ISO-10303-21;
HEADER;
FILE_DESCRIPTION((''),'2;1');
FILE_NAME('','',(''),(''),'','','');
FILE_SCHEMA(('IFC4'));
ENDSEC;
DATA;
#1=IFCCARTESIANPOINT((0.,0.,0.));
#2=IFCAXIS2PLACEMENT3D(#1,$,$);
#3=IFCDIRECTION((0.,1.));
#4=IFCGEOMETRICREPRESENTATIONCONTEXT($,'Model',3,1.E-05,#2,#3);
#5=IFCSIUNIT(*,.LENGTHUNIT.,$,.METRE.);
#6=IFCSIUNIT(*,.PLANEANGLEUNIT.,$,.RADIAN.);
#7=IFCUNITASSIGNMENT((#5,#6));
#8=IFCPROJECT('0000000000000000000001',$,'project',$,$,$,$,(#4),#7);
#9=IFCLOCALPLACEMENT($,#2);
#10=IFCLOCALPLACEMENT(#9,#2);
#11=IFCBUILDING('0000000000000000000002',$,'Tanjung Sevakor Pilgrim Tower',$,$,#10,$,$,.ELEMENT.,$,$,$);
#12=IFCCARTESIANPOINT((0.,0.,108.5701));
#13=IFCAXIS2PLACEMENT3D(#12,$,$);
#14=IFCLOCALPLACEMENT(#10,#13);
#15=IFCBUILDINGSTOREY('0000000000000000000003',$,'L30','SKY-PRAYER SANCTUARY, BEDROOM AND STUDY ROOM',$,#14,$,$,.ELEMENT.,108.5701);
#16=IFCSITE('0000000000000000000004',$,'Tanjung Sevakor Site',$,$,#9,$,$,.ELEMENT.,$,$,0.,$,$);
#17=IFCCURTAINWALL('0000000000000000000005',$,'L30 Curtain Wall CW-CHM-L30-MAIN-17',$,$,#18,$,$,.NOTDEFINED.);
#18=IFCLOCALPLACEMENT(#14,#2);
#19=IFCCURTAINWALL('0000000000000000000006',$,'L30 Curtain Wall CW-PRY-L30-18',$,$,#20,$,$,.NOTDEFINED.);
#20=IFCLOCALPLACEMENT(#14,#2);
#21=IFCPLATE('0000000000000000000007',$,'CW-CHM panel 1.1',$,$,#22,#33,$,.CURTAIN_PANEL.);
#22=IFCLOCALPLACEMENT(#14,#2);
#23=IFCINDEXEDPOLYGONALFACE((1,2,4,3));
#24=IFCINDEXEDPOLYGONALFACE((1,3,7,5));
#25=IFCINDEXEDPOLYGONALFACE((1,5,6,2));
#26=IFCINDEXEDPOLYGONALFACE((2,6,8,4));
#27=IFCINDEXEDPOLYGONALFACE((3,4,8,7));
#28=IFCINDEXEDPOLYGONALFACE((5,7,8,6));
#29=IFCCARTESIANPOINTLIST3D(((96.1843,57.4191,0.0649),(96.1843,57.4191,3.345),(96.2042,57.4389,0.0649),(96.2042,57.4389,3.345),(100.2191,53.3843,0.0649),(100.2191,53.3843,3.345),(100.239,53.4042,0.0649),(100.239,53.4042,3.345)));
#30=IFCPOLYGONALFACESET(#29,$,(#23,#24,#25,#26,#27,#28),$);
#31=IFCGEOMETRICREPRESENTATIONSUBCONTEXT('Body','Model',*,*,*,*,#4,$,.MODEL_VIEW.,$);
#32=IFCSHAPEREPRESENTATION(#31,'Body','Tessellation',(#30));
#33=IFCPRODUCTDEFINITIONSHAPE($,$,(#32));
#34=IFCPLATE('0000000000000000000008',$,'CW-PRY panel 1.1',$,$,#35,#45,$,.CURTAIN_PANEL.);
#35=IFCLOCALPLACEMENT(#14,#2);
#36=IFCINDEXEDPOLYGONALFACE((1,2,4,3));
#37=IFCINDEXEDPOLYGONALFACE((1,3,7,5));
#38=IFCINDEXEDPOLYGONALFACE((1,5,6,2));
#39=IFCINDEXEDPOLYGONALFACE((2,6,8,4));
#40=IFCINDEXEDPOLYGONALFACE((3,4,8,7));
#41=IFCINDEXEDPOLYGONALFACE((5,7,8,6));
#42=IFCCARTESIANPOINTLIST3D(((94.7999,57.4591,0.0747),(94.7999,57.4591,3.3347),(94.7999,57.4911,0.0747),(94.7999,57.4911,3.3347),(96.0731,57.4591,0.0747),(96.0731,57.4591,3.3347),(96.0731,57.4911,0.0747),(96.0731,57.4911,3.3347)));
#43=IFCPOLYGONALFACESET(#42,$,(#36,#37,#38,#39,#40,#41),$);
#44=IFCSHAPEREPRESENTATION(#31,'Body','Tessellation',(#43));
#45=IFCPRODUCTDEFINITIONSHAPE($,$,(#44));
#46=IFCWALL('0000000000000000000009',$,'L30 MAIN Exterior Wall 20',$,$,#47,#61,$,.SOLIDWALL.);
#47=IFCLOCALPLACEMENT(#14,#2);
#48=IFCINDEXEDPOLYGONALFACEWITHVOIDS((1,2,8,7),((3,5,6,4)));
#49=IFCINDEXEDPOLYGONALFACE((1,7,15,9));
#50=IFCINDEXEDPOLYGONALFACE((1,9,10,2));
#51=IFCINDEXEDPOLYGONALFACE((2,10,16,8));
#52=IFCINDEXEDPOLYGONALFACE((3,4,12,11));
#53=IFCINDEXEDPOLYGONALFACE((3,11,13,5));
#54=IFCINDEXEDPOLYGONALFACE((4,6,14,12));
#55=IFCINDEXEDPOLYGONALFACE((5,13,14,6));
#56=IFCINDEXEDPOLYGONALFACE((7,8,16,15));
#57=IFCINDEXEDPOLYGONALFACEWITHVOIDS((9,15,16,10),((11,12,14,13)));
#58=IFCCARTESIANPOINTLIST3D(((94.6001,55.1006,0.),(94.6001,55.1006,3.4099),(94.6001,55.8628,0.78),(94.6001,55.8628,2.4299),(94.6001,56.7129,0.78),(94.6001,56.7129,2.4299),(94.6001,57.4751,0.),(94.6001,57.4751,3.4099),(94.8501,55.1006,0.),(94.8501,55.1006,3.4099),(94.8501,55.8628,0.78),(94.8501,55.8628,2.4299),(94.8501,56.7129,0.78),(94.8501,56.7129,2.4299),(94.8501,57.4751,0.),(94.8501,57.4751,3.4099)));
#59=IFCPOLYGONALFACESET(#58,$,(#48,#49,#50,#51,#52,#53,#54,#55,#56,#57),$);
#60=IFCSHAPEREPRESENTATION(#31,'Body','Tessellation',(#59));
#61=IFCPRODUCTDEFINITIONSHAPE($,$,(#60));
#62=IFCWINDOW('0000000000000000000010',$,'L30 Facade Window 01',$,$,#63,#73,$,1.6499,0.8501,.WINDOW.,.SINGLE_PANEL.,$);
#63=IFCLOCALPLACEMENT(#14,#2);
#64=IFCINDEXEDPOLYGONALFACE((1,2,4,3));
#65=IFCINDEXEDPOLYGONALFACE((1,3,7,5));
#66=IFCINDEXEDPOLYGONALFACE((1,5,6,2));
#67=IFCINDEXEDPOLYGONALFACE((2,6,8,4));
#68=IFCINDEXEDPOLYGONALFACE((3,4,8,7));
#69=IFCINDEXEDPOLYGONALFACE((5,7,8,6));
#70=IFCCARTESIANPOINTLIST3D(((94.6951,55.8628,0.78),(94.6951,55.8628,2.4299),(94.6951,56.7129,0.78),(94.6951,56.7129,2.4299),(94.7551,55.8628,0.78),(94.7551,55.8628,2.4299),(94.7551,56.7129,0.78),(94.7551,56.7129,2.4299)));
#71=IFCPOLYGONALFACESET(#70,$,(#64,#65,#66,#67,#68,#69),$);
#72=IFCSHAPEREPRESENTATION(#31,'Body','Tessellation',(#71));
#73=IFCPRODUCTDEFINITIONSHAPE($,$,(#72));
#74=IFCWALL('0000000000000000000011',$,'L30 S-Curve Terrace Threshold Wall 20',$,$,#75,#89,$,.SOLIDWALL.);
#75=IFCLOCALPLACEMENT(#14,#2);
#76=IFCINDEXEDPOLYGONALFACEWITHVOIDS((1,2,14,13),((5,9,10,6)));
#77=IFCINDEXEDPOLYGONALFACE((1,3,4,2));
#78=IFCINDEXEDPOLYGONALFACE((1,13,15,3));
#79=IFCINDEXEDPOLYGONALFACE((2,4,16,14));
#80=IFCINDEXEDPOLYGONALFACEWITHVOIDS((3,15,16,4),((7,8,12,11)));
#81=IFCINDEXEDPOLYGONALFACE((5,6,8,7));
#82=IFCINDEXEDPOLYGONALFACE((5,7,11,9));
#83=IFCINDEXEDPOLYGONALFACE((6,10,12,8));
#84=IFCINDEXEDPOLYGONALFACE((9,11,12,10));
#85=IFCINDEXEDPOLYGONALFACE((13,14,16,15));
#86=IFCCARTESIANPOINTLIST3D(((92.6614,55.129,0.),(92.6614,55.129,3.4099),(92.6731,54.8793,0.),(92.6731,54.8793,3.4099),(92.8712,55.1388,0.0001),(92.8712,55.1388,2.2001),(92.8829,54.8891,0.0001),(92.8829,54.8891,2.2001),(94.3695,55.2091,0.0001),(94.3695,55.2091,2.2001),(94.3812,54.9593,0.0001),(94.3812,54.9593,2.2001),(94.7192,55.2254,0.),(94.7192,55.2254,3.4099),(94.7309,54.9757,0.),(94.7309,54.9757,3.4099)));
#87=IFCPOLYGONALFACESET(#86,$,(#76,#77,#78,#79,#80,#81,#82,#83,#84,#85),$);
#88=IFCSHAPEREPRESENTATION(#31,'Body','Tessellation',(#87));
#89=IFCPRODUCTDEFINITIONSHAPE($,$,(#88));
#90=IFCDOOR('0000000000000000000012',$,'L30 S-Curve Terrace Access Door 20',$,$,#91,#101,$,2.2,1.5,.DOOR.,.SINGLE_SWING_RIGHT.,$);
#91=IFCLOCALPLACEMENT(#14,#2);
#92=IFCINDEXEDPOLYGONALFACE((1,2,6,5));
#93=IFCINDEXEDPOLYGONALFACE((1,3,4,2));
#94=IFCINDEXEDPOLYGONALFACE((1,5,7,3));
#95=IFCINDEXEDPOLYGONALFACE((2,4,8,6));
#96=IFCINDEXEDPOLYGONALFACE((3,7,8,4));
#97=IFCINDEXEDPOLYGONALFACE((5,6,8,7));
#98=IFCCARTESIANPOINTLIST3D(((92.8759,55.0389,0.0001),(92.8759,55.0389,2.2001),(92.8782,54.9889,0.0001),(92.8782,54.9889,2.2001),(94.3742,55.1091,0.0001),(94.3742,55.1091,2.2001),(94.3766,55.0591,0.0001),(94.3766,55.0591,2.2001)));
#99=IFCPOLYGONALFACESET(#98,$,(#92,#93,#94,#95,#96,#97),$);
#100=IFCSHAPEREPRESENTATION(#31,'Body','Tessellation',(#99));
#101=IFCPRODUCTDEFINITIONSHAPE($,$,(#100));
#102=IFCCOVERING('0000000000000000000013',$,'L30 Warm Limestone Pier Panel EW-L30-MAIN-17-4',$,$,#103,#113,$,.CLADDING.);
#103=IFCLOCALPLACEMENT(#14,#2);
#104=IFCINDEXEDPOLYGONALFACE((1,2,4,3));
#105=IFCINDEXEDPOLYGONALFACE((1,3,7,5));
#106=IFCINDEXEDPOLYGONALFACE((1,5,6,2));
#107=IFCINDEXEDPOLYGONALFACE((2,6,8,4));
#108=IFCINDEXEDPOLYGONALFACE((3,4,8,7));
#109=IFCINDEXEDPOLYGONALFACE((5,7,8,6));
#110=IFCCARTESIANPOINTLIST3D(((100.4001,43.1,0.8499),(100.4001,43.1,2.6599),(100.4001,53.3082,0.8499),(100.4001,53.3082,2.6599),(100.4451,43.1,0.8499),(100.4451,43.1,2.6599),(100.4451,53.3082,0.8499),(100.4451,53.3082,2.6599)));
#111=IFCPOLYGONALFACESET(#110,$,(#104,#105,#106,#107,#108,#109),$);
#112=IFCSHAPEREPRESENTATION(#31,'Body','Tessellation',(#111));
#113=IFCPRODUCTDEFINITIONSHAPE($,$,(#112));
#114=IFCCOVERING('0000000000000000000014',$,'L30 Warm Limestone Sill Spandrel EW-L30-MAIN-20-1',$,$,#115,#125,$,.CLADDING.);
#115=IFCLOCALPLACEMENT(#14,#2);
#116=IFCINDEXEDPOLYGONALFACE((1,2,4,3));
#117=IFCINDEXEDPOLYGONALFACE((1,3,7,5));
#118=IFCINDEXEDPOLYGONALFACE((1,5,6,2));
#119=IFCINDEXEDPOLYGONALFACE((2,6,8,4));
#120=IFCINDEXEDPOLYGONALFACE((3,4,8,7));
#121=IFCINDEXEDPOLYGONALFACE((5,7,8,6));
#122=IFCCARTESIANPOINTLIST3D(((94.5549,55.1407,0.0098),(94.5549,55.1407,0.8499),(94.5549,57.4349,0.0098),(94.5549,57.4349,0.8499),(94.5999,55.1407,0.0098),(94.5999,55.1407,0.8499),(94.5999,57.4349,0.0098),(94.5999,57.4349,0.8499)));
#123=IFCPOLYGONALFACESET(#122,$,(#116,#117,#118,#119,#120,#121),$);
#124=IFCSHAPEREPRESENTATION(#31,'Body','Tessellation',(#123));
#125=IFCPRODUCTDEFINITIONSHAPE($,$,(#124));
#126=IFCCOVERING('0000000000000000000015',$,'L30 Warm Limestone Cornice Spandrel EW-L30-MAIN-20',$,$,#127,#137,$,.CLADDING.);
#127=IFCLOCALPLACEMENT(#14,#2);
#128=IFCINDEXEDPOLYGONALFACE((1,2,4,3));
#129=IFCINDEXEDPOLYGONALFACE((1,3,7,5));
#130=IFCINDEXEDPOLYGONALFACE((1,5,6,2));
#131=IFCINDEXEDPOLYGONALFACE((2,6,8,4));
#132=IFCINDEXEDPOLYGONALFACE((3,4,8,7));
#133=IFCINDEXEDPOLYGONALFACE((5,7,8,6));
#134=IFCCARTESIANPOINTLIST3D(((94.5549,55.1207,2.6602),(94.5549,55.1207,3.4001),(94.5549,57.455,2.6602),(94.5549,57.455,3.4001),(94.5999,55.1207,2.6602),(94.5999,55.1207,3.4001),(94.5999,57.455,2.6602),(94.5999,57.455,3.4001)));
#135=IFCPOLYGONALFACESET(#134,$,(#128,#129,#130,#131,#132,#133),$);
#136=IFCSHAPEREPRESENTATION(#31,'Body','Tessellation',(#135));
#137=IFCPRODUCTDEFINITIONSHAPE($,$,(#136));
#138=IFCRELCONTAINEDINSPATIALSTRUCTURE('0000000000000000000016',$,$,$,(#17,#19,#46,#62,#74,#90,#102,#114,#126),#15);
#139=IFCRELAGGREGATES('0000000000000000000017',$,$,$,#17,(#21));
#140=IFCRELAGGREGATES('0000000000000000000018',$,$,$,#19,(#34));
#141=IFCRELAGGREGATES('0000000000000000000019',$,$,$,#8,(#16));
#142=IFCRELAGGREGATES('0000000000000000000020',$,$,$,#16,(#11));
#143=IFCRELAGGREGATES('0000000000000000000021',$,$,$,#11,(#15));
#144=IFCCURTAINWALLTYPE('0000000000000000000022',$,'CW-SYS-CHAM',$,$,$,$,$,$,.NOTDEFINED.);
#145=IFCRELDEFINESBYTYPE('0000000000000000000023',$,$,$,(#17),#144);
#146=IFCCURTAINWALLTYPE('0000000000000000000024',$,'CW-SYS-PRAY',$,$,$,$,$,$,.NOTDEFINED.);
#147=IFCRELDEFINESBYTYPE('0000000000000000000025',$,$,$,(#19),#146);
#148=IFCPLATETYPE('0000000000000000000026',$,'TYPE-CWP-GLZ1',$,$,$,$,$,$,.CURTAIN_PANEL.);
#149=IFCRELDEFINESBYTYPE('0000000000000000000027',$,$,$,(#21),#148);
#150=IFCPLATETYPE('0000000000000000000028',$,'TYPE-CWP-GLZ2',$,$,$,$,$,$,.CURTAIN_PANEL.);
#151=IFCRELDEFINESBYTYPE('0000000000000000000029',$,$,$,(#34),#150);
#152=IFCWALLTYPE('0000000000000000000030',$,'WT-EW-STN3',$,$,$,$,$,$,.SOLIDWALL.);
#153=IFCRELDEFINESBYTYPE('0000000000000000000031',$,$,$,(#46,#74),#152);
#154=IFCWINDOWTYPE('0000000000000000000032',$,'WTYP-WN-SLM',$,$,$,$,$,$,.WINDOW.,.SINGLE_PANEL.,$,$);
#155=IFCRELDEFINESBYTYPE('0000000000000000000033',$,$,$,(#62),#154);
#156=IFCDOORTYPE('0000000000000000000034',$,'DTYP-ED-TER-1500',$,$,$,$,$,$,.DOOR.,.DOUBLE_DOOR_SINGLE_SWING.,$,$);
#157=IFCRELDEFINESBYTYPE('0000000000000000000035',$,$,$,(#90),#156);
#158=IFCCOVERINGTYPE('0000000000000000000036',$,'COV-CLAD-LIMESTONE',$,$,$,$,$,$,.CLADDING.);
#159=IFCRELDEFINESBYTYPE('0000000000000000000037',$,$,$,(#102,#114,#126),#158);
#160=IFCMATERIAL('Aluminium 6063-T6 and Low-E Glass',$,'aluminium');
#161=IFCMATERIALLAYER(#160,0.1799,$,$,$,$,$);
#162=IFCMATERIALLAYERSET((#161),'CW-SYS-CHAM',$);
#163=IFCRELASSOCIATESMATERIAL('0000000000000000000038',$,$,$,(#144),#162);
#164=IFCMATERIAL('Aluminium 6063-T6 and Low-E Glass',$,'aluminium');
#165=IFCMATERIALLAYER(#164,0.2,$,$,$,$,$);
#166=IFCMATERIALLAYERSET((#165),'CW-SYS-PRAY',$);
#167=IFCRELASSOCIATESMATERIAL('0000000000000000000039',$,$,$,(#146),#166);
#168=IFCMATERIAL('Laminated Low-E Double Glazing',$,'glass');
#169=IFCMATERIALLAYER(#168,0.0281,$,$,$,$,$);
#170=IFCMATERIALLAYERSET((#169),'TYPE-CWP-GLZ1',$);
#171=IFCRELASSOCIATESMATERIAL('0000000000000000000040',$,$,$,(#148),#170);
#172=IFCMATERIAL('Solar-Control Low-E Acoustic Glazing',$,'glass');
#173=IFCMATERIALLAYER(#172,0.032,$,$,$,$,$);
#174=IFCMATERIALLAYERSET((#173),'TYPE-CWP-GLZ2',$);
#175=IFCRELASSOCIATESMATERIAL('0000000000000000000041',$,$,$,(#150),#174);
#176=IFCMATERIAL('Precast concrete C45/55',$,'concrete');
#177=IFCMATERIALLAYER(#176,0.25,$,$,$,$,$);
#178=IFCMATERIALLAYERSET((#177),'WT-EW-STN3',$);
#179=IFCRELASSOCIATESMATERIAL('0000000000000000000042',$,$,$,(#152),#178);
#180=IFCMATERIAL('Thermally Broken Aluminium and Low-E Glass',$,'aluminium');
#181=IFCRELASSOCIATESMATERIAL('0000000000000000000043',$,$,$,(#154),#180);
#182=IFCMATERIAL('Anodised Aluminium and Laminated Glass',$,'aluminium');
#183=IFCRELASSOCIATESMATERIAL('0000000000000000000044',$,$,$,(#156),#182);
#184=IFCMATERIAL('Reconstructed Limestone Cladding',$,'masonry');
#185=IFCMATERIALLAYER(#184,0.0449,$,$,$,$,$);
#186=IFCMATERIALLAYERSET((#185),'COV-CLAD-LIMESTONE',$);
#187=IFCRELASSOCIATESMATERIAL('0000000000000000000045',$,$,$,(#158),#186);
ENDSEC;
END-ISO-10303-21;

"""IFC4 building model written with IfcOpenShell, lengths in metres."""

from ifc_helpers import new_model, si_unit, direction, frame, frame_2d, origin, origin_2d, place, context, subcontext, project, spatial, rectangle, extrude, material, layer, layer_set, type_object, element, fill, aggregate, save


model = new_model("IFC4")

# Units and contexts
model_context = context("Model", 3, precision=1e-05, world=origin(), true_north=direction((0.0, 1.0)))
body_context = subcontext(model_context, "Body", "Model", "MODEL_VIEW")
ifc_project = project(units=[si_unit("LENGTHUNIT", "METRE"), si_unit("PLANEANGLEUNIT", "RADIAN")], contexts=[model_context])

# Site, building, storey
site_placement = place(None, origin())
site = spatial("IfcSite", under=ifc_project, at=site_placement, Name="Tanjung Sevakor Site", CompositionType="ELEMENT", RefElevation=0.0)
building_placement = place(site_placement, origin())
building = spatial("IfcBuilding", under=site, at=building_placement, Name="Tanjung Sevakor Pilgrim Tower", CompositionType="ELEMENT")
storey_placement = place(building_placement, frame((0.0, 0.0, 108.5701)))
storey = spatial("IfcBuildingStorey", under=building, at=storey_placement, Name="L30", Description="SKY-PRAYER SANCTUARY, BEDROOM AND STUDY ROOM", CompositionType="ELEMENT", Elevation=108.5701)

# Curtain walls
ifc_material_1 = material(Name="Aluminium 6063-T6 and Low-E Glass", Category="aluminium")
ifc_layer_1 = layer(ifc_material_1, 0.1799)
ifc_layer_set_1 = layer_set([ifc_layer_1], Name="CW-SYS-CHAM")
curtain_wall_type_1 = type_object("IfcCurtainWallType", Name="CW-SYS-CHAM", PredefinedType="NOTDEFINED", material=ifc_layer_set_1)
curtain_wall_1_placement = place(storey_placement, origin())
curtain_wall_1 = element("IfcCurtainWall", 1, at=curtain_wall_1_placement, inside=storey, type_object=curtain_wall_type_1, Name="L30 Curtain Wall CW-CHM-L30-MAIN-17", PredefinedType="NOTDEFINED")
ifc_material_2 = material(Name="Aluminium 6063-T6 and Low-E Glass", Category="aluminium")
ifc_layer_2 = layer(ifc_material_2, 0.2)
ifc_layer_set_2 = layer_set([ifc_layer_2], Name="CW-SYS-PRAY")
curtain_wall_type_2 = type_object("IfcCurtainWallType", Name="CW-SYS-PRAY", PredefinedType="NOTDEFINED", material=ifc_layer_set_2)
curtain_wall_2_placement = place(storey_placement, origin())
curtain_wall_2 = element("IfcCurtainWall", 2, at=curtain_wall_2_placement, inside=storey, type_object=curtain_wall_type_2, Name="L30 Curtain Wall CW-PRY-L30-18", PredefinedType="NOTDEFINED")

# Plates
ifc_material_3 = material(Name="Laminated Low-E Double Glazing", Category="glass")
ifc_layer_3 = layer(ifc_material_3, 0.0281)
ifc_layer_set_3 = layer_set([ifc_layer_3], Name="TYPE-CWP-GLZ1")
plate_type_1 = type_object("IfcPlateType", Name="TYPE-CWP-GLZ1", PredefinedType="CURTAIN_PANEL", material=ifc_layer_set_3)
plate_1_placement = place(storey_placement, frame((98.2117, 55.4116, 0.0649), z_axis=(0.0, 0.0, 1.0), x_axis=(-0.707107, 0.707107, 0.0)))
plate_1 = element("IfcPlate", 3, at=plate_1_placement, type_object=plate_type_1, Name="CW-CHM panel 1.1", PredefinedType="CURTAIN_PANEL", context=body_context, shape_type="SweptSolid", body=[
    extrude(rectangle(XDim=5.7061, YDim=0.0281, at=origin_2d()), origin(), (0.0, 0.0, 1.0), 3.28),
])
aggregate(curtain_wall_1, [plate_1])
ifc_material_4 = material(Name="Solar-Control Low-E Acoustic Glazing", Category="glass")
ifc_layer_4 = layer(ifc_material_4, 0.032)
ifc_layer_set_4 = layer_set([ifc_layer_4], Name="TYPE-CWP-GLZ2")
plate_type_2 = type_object("IfcPlateType", Name="TYPE-CWP-GLZ2", PredefinedType="CURTAIN_PANEL", material=ifc_layer_set_4)
plate_2_placement = place(storey_placement, frame((95.4365, 57.4751, 0.0747), z_axis=(0.0, 0.0, 1.0), x_axis=(-1.0, 0.0, 0.0)))
plate_2 = element("IfcPlate", 4, at=plate_2_placement, type_object=plate_type_2, Name="CW-PRY panel 1.1", PredefinedType="CURTAIN_PANEL", context=body_context, shape_type="SweptSolid", body=[
    extrude(rectangle(XDim=1.2732, YDim=0.032, at=origin_2d()), origin(), (0.0, 0.0, 1.0), 3.26),
])
aggregate(curtain_wall_2, [plate_2])

# Wall, opening, window
ifc_material_5 = material(Name="Precast concrete C45/55", Category="concrete")
ifc_layer_5 = layer(ifc_material_5, 0.25)
ifc_layer_set_5 = layer_set([ifc_layer_5], Name="WT-EW-STN3")
wall_type = type_object("IfcWallType", Name="WT-EW-STN3", PredefinedType="SOLIDWALL", material=ifc_layer_set_5)
wall_1_placement = place(storey_placement, frame((94.7251, 57.4751, 0.0), z_axis=(0.0, 0.0, 1.0), x_axis=(0.0, -1.0, 0.0)))
wall_1 = element("IfcWall", 5, at=wall_1_placement, inside=storey, type_object=wall_type, Name="L30 MAIN Exterior Wall 20", PredefinedType="SOLIDWALL", context=body_context, shape_type="SweptSolid", body=[
    extrude(rectangle(XDim=2.3745, YDim=0.25, at=frame_2d((1.1873, 0.0))), origin(), (0.0, 0.0, 1.0), 3.4099),
])
opening_1_placement = place(wall_1_placement, frame((0.7622, 0.0, 0.78)))
opening_1 = element("IfcOpeningElement", 6, at=opening_1_placement, cuts=wall_1, PredefinedType="OPENING", context=body_context, shape_type="SweptSolid", body=[
    extrude(rectangle(XDim=0.8501, YDim=1.6499, at=frame_2d((0.425, 0.825))), frame((0.0, 0.135, 0.0), z_axis=(0.0, -1.0, 0.0), x_axis=(1.0, 0.0, 0.0)), (0.0, 0.0, 1.0), 0.27),
])
ifc_material_6 = material(Name="Thermally Broken Aluminium and Low-E Glass", Category="aluminium")
window_type = type_object("IfcWindowType", Name="WTYP-WN-SLM", PartitioningType="SINGLE_PANEL", PredefinedType="WINDOW", material=ifc_material_6)
window_placement = place(opening_1_placement, origin())
window = element("IfcWindow", 7, at=window_placement, inside=storey, type_object=window_type, Name="L30 Facade Window 01", OverallHeight=1.6499, OverallWidth=0.8501, PartitioningType="SINGLE_PANEL", PredefinedType="WINDOW", context=body_context, shape_type="SweptSolid", body=[
    extrude(rectangle(XDim=0.8501, YDim=1.6499, at=frame_2d((0.425, 0.825))), frame((0.0, 0.03, 0.0), z_axis=(0.0, -1.0, 0.0), x_axis=(1.0, 0.0, 0.0)), (0.0, 0.0, 1.0), 0.0601),
])
fill(opening_1, window)

# Wall, opening, door
wall_2_placement = place(storey_placement, frame((94.7251, 55.1006, 0.0), z_axis=(0.0, 0.0, 1.0), x_axis=(-0.998904, -0.046811, 0.0)))
wall_2 = element("IfcWall", 8, at=wall_2_placement, inside=storey, type_object=wall_type, Name="L30 S-Curve Terrace Threshold Wall 20", PredefinedType="SOLIDWALL", context=body_context, shape_type="SweptSolid", body=[
    extrude(rectangle(XDim=2.0601, YDim=0.25, at=frame_2d((1.03, 0.0))), origin(), (0.0, 0.0, 1.0), 3.4099),
])
opening_2_placement = place(wall_2_placement, frame((0.3501, 0.0, 0.0)))
opening_2 = element("IfcOpeningElement", 9, at=opening_2_placement, cuts=wall_2, PredefinedType="OPENING", context=body_context, shape_type="SweptSolid", body=[
    extrude(rectangle(XDim=1.5, YDim=2.2, at=frame_2d((0.75, 1.1001))), frame((0.0, 0.135, 0.0), z_axis=(0.0, -1.0, 0.0), x_axis=(1.0, 0.0, 0.0)), (0.0, 0.0, 1.0), 0.27),
])
ifc_material_7 = material(Name="Anodised Aluminium and Laminated Glass", Category="aluminium")
door_type = type_object("IfcDoorType", Name="DTYP-ED-TER-1500", OperationType="DOUBLE_DOOR_SINGLE_SWING", PredefinedType="DOOR", material=ifc_material_7)
door_placement = place(opening_2_placement, frame((1.5, 0.0, 0.0), z_axis=(0.0, 0.0, 1.0), x_axis=(-1.0, 0.0, 0.0)))
door = element("IfcDoor", 10, at=door_placement, inside=storey, type_object=door_type, Name="L30 S-Curve Terrace Access Door 20", OperationType="SINGLE_SWING_RIGHT", OverallHeight=2.2, OverallWidth=1.5, PredefinedType="DOOR", context=body_context, shape_type="SweptSolid", body=[
    extrude(rectangle(XDim=1.5, YDim=2.2, at=frame_2d((0.75, 1.1001))), frame((0.0, 0.0249, 0.0), z_axis=(0.0, -1.0, 0.0), x_axis=(1.0, 0.0, 0.0)), (0.0, 0.0, 1.0), 0.05),
])
fill(opening_2, door)

# Coverings
ifc_material_8 = material(Name="Reconstructed Limestone Cladding", Category="masonry")
ifc_layer_6 = layer(ifc_material_8, 0.0449)
ifc_layer_set_6 = layer_set([ifc_layer_6], Name="COV-CLAD-LIMESTONE")
covering_type = type_object("IfcCoveringType", Name="COV-CLAD-LIMESTONE", PredefinedType="CLADDING", material=ifc_layer_set_6)
covering_1_placement = place(storey_placement, frame((100.4226, 48.2041, 0.8499), z_axis=(0.0, 0.0, 1.0), x_axis=(0.0, 1.0, 0.0)))
element("IfcCovering", 11, at=covering_1_placement, inside=storey, type_object=covering_type, Name="L30 Warm Limestone Pier Panel EW-L30-MAIN-17-4", PredefinedType="CLADDING", context=body_context, shape_type="SweptSolid", body=[
    extrude(rectangle(XDim=10.2083, YDim=0.0449, at=origin_2d()), origin(), (0.0, 0.0, 1.0), 1.8101),
])
covering_2_placement = place(storey_placement, frame((94.5774, 56.2878, 0.0098), z_axis=(0.0, 0.0, 1.0), x_axis=(0.0, -1.0, 0.0)))
element("IfcCovering", 12, at=covering_2_placement, inside=storey, type_object=covering_type, Name="L30 Warm Limestone Sill Spandrel EW-L30-MAIN-20-1", PredefinedType="CLADDING", context=body_context, shape_type="SweptSolid", body=[
    extrude(rectangle(XDim=2.2942, YDim=0.0449, at=origin_2d()), origin(), (0.0, 0.0, 1.0), 0.8401),
])
covering_3_placement = place(storey_placement, frame((94.5774, 56.2878, 2.6602), z_axis=(0.0, 0.0, 1.0), x_axis=(0.0, -1.0, 0.0)))
element("IfcCovering", 13, at=covering_3_placement, inside=storey, type_object=covering_type, Name="L30 Warm Limestone Cornice Spandrel EW-L30-MAIN-20", PredefinedType="CLADDING", context=body_context, shape_type="SweptSolid", body=[
    extrude(rectangle(XDim=2.3342, YDim=0.0449, at=origin_2d()), origin(), (0.0, 0.0, 1.0), 0.74),
])

save(model, "model.ifc")
